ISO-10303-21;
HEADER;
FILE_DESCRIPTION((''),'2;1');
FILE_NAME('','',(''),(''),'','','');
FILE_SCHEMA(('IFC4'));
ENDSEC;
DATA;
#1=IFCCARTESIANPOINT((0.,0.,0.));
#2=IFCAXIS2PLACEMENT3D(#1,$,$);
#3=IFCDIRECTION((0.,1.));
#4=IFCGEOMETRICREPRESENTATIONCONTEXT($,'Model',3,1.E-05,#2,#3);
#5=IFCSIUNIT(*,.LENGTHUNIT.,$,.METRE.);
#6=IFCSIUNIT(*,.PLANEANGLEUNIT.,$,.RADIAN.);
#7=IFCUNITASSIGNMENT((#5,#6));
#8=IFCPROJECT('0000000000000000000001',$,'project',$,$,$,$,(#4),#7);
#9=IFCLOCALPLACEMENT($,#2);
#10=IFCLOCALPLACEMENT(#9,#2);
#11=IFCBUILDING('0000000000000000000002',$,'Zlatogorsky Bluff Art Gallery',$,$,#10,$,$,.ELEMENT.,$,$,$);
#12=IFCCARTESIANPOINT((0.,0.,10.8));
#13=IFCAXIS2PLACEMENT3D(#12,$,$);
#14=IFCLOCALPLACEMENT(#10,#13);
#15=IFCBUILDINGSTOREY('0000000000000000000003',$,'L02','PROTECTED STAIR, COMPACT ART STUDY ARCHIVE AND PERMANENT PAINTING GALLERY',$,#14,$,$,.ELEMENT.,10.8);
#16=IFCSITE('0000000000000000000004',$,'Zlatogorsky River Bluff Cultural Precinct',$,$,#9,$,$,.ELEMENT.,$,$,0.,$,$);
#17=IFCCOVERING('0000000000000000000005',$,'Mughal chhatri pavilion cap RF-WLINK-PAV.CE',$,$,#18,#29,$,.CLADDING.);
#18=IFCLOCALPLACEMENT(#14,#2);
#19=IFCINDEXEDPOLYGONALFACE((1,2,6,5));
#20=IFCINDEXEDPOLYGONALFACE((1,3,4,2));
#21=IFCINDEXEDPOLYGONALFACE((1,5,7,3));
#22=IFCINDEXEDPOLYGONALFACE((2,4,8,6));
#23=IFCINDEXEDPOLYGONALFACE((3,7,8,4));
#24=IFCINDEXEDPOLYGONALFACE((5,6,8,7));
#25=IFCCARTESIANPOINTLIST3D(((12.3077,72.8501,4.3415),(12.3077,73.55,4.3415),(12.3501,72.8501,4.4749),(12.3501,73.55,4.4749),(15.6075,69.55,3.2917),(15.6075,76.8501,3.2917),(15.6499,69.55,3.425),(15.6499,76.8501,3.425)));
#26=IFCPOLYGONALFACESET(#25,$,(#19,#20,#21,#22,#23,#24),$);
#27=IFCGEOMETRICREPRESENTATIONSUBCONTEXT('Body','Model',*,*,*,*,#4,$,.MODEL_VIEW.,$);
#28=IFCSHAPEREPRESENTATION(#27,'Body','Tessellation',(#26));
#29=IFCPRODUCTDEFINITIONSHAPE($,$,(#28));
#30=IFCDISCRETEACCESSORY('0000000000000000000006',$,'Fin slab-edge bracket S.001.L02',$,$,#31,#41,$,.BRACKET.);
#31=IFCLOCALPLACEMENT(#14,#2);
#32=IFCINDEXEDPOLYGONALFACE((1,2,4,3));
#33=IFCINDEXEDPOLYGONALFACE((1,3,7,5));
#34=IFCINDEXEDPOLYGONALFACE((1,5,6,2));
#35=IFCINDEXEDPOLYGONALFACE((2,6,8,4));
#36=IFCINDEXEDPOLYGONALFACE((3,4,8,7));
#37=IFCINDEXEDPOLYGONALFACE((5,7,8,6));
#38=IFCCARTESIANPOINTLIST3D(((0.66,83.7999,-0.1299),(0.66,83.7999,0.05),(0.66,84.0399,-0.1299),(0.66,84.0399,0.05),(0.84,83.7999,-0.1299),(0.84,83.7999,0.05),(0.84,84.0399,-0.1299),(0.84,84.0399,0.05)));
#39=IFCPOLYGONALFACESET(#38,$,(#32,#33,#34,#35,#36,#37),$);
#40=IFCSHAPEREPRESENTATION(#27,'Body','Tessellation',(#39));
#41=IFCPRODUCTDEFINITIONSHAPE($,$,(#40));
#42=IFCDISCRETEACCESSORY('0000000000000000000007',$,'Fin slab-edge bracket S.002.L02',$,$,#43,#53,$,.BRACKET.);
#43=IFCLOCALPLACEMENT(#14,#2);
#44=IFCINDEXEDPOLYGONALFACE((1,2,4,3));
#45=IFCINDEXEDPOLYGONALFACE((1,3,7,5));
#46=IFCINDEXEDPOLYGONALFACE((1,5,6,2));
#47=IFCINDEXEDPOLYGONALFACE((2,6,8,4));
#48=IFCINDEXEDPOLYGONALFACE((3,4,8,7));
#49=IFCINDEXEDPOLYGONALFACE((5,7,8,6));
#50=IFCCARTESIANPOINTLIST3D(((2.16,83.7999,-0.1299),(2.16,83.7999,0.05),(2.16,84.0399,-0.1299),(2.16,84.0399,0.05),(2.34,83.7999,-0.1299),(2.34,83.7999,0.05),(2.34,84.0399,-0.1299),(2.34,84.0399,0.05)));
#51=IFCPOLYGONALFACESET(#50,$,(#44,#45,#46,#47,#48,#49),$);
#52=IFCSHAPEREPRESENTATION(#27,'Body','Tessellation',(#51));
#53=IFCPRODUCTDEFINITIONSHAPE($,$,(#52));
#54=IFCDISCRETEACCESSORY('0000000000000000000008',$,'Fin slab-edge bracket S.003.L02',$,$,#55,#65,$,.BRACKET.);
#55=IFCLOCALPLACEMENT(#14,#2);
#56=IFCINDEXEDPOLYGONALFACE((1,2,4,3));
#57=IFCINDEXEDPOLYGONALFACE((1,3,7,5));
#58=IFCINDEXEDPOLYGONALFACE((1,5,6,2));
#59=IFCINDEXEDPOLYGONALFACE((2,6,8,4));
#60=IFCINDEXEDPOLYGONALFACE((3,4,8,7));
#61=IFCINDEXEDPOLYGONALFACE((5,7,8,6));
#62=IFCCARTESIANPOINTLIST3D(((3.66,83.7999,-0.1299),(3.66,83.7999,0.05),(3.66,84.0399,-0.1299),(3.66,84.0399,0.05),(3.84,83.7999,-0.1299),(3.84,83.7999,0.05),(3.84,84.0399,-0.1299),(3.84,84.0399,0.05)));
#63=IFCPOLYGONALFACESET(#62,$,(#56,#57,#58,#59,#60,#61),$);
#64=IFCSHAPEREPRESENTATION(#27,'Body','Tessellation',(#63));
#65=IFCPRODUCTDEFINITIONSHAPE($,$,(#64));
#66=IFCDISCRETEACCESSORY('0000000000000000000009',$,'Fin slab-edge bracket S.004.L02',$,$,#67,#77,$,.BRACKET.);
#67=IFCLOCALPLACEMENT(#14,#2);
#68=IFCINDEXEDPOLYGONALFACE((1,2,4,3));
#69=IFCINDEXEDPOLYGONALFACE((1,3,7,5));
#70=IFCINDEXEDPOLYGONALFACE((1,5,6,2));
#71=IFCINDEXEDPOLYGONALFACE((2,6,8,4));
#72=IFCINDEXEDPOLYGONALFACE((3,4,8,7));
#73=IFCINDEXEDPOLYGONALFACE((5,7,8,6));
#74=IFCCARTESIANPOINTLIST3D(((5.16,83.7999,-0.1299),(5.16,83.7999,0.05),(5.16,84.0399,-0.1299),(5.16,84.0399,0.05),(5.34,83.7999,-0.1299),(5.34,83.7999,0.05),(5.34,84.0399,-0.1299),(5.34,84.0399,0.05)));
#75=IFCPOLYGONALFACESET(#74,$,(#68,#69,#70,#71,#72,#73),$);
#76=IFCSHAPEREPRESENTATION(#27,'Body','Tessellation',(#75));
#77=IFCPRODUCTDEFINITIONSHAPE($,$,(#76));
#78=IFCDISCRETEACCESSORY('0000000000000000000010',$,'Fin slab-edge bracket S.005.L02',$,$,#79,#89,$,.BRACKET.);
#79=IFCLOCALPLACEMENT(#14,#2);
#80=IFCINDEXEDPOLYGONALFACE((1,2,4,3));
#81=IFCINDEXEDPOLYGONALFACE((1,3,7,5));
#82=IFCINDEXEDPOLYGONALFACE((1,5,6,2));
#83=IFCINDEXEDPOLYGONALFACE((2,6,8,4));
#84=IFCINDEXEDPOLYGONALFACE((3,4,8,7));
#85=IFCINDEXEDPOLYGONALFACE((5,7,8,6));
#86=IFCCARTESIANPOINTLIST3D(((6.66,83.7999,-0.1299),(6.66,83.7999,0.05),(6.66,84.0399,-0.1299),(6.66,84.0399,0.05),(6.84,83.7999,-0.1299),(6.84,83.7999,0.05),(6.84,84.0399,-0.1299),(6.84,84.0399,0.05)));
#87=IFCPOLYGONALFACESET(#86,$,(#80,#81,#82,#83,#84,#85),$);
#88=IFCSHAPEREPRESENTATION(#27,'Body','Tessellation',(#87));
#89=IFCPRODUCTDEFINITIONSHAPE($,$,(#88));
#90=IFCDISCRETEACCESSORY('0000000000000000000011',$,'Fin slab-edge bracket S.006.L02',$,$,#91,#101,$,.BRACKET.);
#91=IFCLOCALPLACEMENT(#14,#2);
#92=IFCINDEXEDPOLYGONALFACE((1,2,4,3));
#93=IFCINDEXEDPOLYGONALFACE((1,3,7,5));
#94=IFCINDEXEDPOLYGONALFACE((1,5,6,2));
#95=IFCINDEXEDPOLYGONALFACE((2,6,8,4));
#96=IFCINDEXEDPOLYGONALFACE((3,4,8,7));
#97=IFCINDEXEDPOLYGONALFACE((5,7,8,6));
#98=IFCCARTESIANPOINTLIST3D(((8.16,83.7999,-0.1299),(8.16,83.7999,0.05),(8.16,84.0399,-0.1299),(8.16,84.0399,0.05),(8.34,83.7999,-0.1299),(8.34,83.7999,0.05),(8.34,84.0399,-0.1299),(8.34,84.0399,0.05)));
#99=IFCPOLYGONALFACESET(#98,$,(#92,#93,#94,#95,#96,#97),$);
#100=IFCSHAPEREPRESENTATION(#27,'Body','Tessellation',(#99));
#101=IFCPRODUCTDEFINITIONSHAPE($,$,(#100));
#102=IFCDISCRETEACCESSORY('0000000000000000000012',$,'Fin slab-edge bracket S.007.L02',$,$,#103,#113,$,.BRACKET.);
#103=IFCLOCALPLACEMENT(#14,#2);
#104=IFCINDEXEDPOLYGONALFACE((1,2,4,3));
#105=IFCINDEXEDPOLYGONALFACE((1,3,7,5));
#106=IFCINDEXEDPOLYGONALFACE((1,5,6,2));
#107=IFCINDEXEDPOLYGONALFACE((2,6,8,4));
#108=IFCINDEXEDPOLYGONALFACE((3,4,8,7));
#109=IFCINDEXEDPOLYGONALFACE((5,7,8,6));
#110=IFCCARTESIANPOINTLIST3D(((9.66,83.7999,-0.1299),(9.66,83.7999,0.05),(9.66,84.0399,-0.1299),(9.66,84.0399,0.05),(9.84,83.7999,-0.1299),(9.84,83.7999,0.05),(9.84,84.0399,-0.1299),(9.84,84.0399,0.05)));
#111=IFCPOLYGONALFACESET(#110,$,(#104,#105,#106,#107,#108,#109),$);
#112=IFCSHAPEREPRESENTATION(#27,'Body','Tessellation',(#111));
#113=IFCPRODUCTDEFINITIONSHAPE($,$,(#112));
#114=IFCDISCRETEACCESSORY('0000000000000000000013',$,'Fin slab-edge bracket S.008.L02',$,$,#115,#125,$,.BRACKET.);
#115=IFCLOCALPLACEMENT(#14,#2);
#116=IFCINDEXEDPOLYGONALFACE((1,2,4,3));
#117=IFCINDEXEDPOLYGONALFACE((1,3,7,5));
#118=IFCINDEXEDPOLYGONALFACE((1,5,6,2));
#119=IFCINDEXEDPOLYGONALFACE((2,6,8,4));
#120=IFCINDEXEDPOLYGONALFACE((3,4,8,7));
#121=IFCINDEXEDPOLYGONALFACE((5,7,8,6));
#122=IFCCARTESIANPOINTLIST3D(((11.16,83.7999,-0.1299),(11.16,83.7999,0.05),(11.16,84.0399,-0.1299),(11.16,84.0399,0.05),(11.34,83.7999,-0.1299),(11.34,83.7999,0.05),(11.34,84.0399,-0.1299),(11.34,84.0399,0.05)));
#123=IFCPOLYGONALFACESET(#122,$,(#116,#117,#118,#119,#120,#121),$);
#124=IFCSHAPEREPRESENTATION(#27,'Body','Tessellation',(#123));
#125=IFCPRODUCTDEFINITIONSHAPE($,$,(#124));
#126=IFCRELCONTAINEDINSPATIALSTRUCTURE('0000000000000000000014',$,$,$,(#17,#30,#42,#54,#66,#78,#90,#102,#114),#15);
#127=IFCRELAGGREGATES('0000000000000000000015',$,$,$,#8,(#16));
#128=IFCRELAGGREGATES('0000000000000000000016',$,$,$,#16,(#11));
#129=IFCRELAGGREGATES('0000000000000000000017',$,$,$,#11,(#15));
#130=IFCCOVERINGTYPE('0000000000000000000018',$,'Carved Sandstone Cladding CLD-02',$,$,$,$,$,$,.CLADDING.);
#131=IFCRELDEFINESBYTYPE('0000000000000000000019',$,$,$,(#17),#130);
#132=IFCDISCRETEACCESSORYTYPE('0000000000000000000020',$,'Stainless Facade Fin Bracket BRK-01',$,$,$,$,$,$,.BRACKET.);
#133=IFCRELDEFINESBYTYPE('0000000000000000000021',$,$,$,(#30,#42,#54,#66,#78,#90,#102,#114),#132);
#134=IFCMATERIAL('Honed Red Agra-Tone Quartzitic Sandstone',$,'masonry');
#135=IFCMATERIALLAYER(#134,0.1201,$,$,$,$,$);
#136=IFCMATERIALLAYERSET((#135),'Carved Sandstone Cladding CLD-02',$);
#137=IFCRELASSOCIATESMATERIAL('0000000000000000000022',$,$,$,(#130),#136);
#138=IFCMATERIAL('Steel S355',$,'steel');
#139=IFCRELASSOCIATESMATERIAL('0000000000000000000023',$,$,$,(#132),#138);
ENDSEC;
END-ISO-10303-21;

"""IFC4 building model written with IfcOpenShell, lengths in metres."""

from ifc_helpers import new_model, si_unit, direction, frame, origin, origin_2d, place, context, subcontext, project, spatial, polyline, rectangle, outline, extrude, material, layer, layer_set, type_object, element, save


model = new_model("IFC4")

# Units and contexts
model_context = context("Model", 3, precision=1e-05, world=origin(), true_north=direction((0.0, 1.0)))
body_context = subcontext(model_context, "Body", "Model", "MODEL_VIEW")
ifc_project = project(units=[si_unit("LENGTHUNIT", "METRE"), si_unit("PLANEANGLEUNIT", "RADIAN")], contexts=[model_context])

# Site, building, storey
site_placement = place(None, origin())
site = spatial("IfcSite", under=ifc_project, at=site_placement, Name="Zlatogorsky River Bluff Cultural Precinct", CompositionType="ELEMENT", RefElevation=0.0)
building_placement = place(site_placement, origin())
building = spatial("IfcBuilding", under=site, at=building_placement, Name="Zlatogorsky Bluff Art Gallery", CompositionType="ELEMENT")
storey_placement = place(building_placement, frame((0.0, 0.0, 10.8)))
storey = spatial("IfcBuildingStorey", under=building, at=storey_placement, Name="L02", Description="PROTECTED STAIR, COMPACT ART STUDY ARCHIVE AND PERMANENT PAINTING GALLERY", CompositionType="ELEMENT", Elevation=10.8)

# Shared definitions
ifc_material_1 = material(Name="Steel S355", Category="steel")

# Covering
ifc_material_2 = material(Name="Honed Red Agra-Tone Quartzitic Sandstone", Category="masonry")
ifc_layer_1 = layer(ifc_material_2, 0.1201)
ifc_layer_set_1 = layer_set([ifc_layer_1], Name="Carved Sandstone Cladding CLD-02")
covering_type = type_object("IfcCoveringType", Name="Carved Sandstone Cladding CLD-02", PredefinedType="CLADDING", material=ifc_layer_set_1)
for number, where, z_axis, x_axis, name in (
    (1, (15.6499, 69.55, 3.425), (0.303169, 0.0, 0.952937), (0.0, 1.0, 0.0), "Mughal chhatri pavilion cap RF-WLINK-PAV.CE"),
):
    element("IfcCovering", number, at=place(storey_placement, frame(where, z_axis=z_axis, x_axis=x_axis)), inside=storey, type_object=covering_type, Name=name, PredefinedType="CLADDING", context=body_context, shape_type="SweptSolid", body=[
        extrude(outline(polyline([(0.0, 0.0), (7.3, 0.0), (4.0, 3.4628), (3.3, 3.4628), (0.0, 0.0)])), origin(), (0.0, 0.0, -1.0), 0.1399),
    ])

# Discrete accessories
discrete_accessory_type = type_object("IfcDiscreteAccessoryType", Name="Stainless Facade Fin Bracket BRK-01", PredefinedType="BRACKET", material=ifc_material_1)
for number, where, z_axis, x_axis, name in (
    (2, (0.75, 83.9199, -0.1299), (0.0, 0.0, 1.0), (1.0, 0.0, 0.0), "Fin slab-edge bracket S.001.L02"),
    (3, (2.25, 83.9199, -0.1299), (0.0, 0.0, 1.0), (1.0, 0.0, 0.0), "Fin slab-edge bracket S.002.L02"),
    (4, (3.75, 83.9199, -0.1299), (0.0, 0.0, 1.0), (1.0, 0.0, 0.0), "Fin slab-edge bracket S.003.L02"),
    (5, (5.25, 83.9199, -0.1299), (0.0, 0.0, 1.0), (1.0, 0.0, 0.0), "Fin slab-edge bracket S.004.L02"),
    (6, (6.75, 83.9199, -0.1299), (0.0, 0.0, 1.0), (1.0, 0.0, 0.0), "Fin slab-edge bracket S.005.L02"),
    (7, (8.25, 83.9199, -0.1299), (0.0, 0.0, 1.0), (1.0, 0.0, 0.0), "Fin slab-edge bracket S.006.L02"),
    (8, (9.75, 83.9199, -0.1299), (0.0, 0.0, 1.0), (1.0, 0.0, 0.0), "Fin slab-edge bracket S.007.L02"),
    (9, (11.25, 83.9199, -0.1299), (0.0, 0.0, 1.0), (1.0, 0.0, 0.0), "Fin slab-edge bracket S.008.L02"),
):
    element("IfcDiscreteAccessory", number, at=place(storey_placement, frame(where, z_axis=z_axis, x_axis=x_axis)), inside=storey, type_object=discrete_accessory_type, Name=name, PredefinedType="BRACKET", context=body_context, shape_type="SweptSolid", body=[
        extrude(rectangle(XDim=0.1799, YDim=0.24, at=origin_2d()), origin(), (0.0, 0.0, 1.0), 0.1799),
    ])

save(model, "model.ifc")
